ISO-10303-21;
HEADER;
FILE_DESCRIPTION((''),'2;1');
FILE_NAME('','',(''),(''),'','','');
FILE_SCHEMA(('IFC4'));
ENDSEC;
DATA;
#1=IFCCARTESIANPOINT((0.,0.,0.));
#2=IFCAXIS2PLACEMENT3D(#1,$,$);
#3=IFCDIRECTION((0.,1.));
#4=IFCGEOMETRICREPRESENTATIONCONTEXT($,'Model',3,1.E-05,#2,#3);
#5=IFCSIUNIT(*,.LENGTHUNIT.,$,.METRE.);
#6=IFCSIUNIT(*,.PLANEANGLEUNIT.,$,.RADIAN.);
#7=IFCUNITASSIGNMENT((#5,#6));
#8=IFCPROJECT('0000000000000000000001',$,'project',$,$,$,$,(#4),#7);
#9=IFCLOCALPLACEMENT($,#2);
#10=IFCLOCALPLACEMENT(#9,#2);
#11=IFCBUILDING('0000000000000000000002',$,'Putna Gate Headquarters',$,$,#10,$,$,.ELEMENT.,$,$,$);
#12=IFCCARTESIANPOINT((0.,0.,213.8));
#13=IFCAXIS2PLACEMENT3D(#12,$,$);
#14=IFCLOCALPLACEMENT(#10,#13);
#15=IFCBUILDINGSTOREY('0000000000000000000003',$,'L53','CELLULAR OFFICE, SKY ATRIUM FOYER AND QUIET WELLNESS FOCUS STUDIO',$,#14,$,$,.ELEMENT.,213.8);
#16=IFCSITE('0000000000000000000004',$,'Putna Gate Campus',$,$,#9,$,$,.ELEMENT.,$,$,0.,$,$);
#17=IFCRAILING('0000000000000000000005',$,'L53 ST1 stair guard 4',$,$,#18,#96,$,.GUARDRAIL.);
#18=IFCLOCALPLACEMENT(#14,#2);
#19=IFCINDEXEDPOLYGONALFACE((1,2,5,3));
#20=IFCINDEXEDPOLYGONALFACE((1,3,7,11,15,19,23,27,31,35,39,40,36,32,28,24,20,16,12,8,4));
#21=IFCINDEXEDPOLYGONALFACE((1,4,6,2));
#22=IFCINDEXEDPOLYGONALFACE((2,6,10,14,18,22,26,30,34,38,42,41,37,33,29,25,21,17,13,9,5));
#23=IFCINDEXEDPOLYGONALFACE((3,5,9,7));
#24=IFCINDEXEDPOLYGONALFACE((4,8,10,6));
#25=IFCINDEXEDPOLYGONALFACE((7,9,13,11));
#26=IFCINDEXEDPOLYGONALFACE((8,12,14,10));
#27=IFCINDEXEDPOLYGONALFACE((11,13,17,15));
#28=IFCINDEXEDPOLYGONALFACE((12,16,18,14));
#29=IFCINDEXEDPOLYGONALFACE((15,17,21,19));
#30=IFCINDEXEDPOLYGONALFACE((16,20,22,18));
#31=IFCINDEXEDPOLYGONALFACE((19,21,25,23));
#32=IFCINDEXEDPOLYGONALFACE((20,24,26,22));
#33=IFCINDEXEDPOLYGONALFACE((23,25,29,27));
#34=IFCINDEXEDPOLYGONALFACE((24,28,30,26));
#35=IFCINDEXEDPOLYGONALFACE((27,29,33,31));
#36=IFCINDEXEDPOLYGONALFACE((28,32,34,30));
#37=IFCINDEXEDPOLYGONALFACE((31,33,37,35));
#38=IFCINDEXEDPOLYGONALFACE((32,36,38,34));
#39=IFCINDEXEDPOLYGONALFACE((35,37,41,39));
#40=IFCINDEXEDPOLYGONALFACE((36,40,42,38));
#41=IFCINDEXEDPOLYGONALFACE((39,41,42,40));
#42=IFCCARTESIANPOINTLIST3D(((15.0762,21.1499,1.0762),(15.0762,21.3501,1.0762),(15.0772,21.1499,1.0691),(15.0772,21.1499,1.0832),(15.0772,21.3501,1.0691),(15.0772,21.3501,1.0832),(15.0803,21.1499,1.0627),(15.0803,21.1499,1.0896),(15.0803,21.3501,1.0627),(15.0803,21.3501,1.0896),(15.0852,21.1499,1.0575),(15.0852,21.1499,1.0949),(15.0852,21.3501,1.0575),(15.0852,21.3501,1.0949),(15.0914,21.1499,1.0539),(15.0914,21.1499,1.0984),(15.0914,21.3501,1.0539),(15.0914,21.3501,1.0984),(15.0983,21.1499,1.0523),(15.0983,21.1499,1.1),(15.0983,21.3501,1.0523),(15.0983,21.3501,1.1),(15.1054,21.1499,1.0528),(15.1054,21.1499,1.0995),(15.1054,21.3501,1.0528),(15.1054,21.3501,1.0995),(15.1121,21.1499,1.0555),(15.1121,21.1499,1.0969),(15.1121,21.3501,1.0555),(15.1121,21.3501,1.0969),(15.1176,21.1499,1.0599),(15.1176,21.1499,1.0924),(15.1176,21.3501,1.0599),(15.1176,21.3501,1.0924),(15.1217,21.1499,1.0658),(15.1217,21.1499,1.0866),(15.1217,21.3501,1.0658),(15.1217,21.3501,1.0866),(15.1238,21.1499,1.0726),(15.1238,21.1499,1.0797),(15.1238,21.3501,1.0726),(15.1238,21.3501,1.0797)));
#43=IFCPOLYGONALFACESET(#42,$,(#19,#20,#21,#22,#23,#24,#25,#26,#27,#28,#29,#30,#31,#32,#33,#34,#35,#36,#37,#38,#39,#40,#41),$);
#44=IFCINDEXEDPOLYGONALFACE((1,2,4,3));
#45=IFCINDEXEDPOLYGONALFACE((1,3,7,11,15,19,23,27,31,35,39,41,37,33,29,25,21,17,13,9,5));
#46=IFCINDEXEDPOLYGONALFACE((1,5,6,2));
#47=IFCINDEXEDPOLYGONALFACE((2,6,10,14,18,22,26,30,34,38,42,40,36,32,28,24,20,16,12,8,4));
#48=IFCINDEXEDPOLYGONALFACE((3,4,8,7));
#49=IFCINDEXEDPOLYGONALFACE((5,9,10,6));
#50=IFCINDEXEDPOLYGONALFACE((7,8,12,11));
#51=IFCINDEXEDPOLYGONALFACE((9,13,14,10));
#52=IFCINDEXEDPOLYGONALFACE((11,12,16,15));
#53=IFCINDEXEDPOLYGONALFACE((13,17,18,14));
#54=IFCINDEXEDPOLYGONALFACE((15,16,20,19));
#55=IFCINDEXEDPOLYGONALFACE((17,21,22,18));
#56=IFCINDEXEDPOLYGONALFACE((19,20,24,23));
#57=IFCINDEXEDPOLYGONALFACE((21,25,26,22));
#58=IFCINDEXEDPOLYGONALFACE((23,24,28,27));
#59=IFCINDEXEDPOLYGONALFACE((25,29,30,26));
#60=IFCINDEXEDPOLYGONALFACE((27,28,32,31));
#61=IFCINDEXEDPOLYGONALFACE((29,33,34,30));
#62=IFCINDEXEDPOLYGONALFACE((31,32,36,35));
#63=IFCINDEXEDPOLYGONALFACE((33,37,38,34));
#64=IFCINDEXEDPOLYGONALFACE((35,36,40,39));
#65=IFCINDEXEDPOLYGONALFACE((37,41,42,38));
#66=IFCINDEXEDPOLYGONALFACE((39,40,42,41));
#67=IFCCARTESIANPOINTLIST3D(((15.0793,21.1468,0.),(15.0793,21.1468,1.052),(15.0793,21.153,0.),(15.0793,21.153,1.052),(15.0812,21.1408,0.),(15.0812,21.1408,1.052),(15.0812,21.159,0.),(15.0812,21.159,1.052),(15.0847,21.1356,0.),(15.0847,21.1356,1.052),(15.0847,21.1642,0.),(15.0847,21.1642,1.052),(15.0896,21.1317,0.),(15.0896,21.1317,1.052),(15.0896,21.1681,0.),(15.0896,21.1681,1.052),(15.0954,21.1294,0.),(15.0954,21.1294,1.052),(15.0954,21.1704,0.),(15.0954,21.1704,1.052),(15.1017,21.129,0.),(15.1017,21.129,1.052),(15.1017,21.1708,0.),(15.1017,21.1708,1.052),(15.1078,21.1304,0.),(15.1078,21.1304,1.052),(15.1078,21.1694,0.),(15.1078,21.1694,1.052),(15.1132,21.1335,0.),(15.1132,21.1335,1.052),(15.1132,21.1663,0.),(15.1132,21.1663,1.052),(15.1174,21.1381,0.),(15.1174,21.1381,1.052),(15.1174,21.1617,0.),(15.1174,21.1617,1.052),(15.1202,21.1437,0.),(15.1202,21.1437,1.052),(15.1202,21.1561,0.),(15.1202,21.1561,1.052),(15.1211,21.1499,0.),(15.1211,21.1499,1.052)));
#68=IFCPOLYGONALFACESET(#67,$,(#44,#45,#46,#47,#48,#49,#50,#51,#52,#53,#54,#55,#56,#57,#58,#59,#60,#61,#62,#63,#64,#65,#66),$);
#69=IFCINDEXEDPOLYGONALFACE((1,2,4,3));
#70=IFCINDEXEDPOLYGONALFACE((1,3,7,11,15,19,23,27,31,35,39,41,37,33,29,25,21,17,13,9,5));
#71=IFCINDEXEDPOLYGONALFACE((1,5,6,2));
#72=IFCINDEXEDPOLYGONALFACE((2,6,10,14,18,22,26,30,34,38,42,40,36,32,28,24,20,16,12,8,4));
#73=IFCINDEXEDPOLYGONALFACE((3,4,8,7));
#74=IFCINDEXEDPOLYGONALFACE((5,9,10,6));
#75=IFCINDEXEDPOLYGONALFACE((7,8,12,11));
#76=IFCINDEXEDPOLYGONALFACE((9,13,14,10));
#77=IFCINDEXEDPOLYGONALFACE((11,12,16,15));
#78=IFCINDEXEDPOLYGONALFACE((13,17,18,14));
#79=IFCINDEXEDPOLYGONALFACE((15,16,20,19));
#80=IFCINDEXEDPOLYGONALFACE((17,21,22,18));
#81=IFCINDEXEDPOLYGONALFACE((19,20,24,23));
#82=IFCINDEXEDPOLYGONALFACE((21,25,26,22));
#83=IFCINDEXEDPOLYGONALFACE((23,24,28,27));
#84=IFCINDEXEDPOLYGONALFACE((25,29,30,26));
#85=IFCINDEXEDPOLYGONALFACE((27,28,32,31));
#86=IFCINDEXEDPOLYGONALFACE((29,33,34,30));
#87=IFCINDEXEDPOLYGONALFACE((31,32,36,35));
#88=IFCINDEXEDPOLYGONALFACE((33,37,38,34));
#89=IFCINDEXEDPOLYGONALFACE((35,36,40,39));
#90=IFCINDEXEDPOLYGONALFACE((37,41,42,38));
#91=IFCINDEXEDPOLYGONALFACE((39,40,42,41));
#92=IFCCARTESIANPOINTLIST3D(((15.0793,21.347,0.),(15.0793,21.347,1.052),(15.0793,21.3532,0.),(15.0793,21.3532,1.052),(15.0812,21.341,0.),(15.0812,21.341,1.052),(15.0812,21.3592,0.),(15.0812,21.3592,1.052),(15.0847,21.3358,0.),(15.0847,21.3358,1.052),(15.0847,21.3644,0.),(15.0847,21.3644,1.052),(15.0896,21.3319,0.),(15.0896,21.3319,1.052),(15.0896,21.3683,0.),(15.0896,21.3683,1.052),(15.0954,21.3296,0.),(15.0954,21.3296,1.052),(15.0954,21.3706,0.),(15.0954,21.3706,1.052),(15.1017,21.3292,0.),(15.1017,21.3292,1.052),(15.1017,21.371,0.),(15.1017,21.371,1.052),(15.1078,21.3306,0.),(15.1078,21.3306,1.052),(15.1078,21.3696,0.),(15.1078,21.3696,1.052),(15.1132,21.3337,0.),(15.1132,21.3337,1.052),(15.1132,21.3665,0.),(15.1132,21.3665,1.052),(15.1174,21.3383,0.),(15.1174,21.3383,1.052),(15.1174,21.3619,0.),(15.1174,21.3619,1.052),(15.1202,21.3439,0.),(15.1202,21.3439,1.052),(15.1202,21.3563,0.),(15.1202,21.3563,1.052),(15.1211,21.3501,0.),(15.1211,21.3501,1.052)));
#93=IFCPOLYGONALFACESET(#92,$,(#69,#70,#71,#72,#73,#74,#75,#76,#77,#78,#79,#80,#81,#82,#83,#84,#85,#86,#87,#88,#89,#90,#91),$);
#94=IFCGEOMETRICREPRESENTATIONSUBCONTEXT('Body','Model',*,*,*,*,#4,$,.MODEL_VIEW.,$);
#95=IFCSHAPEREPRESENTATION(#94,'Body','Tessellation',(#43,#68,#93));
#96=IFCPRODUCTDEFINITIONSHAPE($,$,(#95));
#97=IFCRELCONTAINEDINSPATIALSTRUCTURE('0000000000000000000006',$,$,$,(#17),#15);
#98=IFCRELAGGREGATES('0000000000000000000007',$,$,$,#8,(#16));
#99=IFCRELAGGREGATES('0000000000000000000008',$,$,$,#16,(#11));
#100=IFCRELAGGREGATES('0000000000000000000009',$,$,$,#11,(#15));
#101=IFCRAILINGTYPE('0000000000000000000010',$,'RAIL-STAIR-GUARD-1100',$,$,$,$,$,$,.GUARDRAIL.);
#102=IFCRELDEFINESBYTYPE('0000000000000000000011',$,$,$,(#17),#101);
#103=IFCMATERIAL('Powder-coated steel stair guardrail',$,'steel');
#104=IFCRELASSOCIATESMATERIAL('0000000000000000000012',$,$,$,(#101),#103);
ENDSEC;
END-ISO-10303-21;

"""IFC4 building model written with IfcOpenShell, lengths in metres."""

from ifc_helpers import new_model, si_unit, direction, frame, origin, origin_2d, place, context, subcontext, project, spatial, circle, extrude, material, type_object, element, save


model = new_model("IFC4")

# Units and contexts
model_context = context("Model", 3, precision=1e-05, world=origin(), true_north=direction((0.0, 1.0)))
body_context = subcontext(model_context, "Body", "Model", "MODEL_VIEW")
ifc_project = project(units=[si_unit("LENGTHUNIT", "METRE"), si_unit("PLANEANGLEUNIT", "RADIAN")], contexts=[model_context])

# Site, building, storey
site_placement = place(None, origin())
site = spatial("IfcSite", under=ifc_project, at=site_placement, Name="Putna Gate Campus", CompositionType="ELEMENT", RefElevation=0.0)
building_placement = place(site_placement, origin())
building = spatial("IfcBuilding", under=site, at=building_placement, Name="Putna Gate Headquarters", CompositionType="ELEMENT")
storey_placement = place(building_placement, frame((0.0, 0.0, 213.8)))
storey = spatial("IfcBuildingStorey", under=building, at=storey_placement, Name="L53", Description="CELLULAR OFFICE, SKY ATRIUM FOYER AND QUIET WELLNESS FOCUS STUDIO", CompositionType="ELEMENT", Elevation=213.8)

# Railing
ifc_material_1 = material(Name="Powder-coated steel stair guardrail", Category="steel")
railing_type_1 = type_object("IfcRailingType", Name="RAIL-STAIR-GUARD-1100", PredefinedType="GUARDRAIL", material=ifc_material_1)
railing_1_placement = place(storey_placement, frame((15.1001, 21.1499, 0.0)))
element("IfcRailing", 1, at=railing_1_placement, inside=storey, type_object=railing_type_1, Name="L53 ST1 stair guard 4", PredefinedType="GUARDRAIL", context=body_context, shape_type="SweptSolid", body=[
    extrude(circle(Radius=0.0239, at=origin_2d()), frame((0.0, 0.0, 1.0762), z_axis=(0.0, 1.0, 0.0), x_axis=(-1.0, 0.0, 0.0)), (0.0, 0.0, 1.0), 0.2002),
    extrude(circle(Radius=0.021, at=origin_2d()), origin(), (0.0, 0.0, 1.0), 1.052),
    extrude(circle(Radius=0.021, at=origin_2d()), frame((0.0, 0.2002, 0.0)), (0.0, 0.0, 1.0), 1.052),
])

save(model, "model.ifc")
